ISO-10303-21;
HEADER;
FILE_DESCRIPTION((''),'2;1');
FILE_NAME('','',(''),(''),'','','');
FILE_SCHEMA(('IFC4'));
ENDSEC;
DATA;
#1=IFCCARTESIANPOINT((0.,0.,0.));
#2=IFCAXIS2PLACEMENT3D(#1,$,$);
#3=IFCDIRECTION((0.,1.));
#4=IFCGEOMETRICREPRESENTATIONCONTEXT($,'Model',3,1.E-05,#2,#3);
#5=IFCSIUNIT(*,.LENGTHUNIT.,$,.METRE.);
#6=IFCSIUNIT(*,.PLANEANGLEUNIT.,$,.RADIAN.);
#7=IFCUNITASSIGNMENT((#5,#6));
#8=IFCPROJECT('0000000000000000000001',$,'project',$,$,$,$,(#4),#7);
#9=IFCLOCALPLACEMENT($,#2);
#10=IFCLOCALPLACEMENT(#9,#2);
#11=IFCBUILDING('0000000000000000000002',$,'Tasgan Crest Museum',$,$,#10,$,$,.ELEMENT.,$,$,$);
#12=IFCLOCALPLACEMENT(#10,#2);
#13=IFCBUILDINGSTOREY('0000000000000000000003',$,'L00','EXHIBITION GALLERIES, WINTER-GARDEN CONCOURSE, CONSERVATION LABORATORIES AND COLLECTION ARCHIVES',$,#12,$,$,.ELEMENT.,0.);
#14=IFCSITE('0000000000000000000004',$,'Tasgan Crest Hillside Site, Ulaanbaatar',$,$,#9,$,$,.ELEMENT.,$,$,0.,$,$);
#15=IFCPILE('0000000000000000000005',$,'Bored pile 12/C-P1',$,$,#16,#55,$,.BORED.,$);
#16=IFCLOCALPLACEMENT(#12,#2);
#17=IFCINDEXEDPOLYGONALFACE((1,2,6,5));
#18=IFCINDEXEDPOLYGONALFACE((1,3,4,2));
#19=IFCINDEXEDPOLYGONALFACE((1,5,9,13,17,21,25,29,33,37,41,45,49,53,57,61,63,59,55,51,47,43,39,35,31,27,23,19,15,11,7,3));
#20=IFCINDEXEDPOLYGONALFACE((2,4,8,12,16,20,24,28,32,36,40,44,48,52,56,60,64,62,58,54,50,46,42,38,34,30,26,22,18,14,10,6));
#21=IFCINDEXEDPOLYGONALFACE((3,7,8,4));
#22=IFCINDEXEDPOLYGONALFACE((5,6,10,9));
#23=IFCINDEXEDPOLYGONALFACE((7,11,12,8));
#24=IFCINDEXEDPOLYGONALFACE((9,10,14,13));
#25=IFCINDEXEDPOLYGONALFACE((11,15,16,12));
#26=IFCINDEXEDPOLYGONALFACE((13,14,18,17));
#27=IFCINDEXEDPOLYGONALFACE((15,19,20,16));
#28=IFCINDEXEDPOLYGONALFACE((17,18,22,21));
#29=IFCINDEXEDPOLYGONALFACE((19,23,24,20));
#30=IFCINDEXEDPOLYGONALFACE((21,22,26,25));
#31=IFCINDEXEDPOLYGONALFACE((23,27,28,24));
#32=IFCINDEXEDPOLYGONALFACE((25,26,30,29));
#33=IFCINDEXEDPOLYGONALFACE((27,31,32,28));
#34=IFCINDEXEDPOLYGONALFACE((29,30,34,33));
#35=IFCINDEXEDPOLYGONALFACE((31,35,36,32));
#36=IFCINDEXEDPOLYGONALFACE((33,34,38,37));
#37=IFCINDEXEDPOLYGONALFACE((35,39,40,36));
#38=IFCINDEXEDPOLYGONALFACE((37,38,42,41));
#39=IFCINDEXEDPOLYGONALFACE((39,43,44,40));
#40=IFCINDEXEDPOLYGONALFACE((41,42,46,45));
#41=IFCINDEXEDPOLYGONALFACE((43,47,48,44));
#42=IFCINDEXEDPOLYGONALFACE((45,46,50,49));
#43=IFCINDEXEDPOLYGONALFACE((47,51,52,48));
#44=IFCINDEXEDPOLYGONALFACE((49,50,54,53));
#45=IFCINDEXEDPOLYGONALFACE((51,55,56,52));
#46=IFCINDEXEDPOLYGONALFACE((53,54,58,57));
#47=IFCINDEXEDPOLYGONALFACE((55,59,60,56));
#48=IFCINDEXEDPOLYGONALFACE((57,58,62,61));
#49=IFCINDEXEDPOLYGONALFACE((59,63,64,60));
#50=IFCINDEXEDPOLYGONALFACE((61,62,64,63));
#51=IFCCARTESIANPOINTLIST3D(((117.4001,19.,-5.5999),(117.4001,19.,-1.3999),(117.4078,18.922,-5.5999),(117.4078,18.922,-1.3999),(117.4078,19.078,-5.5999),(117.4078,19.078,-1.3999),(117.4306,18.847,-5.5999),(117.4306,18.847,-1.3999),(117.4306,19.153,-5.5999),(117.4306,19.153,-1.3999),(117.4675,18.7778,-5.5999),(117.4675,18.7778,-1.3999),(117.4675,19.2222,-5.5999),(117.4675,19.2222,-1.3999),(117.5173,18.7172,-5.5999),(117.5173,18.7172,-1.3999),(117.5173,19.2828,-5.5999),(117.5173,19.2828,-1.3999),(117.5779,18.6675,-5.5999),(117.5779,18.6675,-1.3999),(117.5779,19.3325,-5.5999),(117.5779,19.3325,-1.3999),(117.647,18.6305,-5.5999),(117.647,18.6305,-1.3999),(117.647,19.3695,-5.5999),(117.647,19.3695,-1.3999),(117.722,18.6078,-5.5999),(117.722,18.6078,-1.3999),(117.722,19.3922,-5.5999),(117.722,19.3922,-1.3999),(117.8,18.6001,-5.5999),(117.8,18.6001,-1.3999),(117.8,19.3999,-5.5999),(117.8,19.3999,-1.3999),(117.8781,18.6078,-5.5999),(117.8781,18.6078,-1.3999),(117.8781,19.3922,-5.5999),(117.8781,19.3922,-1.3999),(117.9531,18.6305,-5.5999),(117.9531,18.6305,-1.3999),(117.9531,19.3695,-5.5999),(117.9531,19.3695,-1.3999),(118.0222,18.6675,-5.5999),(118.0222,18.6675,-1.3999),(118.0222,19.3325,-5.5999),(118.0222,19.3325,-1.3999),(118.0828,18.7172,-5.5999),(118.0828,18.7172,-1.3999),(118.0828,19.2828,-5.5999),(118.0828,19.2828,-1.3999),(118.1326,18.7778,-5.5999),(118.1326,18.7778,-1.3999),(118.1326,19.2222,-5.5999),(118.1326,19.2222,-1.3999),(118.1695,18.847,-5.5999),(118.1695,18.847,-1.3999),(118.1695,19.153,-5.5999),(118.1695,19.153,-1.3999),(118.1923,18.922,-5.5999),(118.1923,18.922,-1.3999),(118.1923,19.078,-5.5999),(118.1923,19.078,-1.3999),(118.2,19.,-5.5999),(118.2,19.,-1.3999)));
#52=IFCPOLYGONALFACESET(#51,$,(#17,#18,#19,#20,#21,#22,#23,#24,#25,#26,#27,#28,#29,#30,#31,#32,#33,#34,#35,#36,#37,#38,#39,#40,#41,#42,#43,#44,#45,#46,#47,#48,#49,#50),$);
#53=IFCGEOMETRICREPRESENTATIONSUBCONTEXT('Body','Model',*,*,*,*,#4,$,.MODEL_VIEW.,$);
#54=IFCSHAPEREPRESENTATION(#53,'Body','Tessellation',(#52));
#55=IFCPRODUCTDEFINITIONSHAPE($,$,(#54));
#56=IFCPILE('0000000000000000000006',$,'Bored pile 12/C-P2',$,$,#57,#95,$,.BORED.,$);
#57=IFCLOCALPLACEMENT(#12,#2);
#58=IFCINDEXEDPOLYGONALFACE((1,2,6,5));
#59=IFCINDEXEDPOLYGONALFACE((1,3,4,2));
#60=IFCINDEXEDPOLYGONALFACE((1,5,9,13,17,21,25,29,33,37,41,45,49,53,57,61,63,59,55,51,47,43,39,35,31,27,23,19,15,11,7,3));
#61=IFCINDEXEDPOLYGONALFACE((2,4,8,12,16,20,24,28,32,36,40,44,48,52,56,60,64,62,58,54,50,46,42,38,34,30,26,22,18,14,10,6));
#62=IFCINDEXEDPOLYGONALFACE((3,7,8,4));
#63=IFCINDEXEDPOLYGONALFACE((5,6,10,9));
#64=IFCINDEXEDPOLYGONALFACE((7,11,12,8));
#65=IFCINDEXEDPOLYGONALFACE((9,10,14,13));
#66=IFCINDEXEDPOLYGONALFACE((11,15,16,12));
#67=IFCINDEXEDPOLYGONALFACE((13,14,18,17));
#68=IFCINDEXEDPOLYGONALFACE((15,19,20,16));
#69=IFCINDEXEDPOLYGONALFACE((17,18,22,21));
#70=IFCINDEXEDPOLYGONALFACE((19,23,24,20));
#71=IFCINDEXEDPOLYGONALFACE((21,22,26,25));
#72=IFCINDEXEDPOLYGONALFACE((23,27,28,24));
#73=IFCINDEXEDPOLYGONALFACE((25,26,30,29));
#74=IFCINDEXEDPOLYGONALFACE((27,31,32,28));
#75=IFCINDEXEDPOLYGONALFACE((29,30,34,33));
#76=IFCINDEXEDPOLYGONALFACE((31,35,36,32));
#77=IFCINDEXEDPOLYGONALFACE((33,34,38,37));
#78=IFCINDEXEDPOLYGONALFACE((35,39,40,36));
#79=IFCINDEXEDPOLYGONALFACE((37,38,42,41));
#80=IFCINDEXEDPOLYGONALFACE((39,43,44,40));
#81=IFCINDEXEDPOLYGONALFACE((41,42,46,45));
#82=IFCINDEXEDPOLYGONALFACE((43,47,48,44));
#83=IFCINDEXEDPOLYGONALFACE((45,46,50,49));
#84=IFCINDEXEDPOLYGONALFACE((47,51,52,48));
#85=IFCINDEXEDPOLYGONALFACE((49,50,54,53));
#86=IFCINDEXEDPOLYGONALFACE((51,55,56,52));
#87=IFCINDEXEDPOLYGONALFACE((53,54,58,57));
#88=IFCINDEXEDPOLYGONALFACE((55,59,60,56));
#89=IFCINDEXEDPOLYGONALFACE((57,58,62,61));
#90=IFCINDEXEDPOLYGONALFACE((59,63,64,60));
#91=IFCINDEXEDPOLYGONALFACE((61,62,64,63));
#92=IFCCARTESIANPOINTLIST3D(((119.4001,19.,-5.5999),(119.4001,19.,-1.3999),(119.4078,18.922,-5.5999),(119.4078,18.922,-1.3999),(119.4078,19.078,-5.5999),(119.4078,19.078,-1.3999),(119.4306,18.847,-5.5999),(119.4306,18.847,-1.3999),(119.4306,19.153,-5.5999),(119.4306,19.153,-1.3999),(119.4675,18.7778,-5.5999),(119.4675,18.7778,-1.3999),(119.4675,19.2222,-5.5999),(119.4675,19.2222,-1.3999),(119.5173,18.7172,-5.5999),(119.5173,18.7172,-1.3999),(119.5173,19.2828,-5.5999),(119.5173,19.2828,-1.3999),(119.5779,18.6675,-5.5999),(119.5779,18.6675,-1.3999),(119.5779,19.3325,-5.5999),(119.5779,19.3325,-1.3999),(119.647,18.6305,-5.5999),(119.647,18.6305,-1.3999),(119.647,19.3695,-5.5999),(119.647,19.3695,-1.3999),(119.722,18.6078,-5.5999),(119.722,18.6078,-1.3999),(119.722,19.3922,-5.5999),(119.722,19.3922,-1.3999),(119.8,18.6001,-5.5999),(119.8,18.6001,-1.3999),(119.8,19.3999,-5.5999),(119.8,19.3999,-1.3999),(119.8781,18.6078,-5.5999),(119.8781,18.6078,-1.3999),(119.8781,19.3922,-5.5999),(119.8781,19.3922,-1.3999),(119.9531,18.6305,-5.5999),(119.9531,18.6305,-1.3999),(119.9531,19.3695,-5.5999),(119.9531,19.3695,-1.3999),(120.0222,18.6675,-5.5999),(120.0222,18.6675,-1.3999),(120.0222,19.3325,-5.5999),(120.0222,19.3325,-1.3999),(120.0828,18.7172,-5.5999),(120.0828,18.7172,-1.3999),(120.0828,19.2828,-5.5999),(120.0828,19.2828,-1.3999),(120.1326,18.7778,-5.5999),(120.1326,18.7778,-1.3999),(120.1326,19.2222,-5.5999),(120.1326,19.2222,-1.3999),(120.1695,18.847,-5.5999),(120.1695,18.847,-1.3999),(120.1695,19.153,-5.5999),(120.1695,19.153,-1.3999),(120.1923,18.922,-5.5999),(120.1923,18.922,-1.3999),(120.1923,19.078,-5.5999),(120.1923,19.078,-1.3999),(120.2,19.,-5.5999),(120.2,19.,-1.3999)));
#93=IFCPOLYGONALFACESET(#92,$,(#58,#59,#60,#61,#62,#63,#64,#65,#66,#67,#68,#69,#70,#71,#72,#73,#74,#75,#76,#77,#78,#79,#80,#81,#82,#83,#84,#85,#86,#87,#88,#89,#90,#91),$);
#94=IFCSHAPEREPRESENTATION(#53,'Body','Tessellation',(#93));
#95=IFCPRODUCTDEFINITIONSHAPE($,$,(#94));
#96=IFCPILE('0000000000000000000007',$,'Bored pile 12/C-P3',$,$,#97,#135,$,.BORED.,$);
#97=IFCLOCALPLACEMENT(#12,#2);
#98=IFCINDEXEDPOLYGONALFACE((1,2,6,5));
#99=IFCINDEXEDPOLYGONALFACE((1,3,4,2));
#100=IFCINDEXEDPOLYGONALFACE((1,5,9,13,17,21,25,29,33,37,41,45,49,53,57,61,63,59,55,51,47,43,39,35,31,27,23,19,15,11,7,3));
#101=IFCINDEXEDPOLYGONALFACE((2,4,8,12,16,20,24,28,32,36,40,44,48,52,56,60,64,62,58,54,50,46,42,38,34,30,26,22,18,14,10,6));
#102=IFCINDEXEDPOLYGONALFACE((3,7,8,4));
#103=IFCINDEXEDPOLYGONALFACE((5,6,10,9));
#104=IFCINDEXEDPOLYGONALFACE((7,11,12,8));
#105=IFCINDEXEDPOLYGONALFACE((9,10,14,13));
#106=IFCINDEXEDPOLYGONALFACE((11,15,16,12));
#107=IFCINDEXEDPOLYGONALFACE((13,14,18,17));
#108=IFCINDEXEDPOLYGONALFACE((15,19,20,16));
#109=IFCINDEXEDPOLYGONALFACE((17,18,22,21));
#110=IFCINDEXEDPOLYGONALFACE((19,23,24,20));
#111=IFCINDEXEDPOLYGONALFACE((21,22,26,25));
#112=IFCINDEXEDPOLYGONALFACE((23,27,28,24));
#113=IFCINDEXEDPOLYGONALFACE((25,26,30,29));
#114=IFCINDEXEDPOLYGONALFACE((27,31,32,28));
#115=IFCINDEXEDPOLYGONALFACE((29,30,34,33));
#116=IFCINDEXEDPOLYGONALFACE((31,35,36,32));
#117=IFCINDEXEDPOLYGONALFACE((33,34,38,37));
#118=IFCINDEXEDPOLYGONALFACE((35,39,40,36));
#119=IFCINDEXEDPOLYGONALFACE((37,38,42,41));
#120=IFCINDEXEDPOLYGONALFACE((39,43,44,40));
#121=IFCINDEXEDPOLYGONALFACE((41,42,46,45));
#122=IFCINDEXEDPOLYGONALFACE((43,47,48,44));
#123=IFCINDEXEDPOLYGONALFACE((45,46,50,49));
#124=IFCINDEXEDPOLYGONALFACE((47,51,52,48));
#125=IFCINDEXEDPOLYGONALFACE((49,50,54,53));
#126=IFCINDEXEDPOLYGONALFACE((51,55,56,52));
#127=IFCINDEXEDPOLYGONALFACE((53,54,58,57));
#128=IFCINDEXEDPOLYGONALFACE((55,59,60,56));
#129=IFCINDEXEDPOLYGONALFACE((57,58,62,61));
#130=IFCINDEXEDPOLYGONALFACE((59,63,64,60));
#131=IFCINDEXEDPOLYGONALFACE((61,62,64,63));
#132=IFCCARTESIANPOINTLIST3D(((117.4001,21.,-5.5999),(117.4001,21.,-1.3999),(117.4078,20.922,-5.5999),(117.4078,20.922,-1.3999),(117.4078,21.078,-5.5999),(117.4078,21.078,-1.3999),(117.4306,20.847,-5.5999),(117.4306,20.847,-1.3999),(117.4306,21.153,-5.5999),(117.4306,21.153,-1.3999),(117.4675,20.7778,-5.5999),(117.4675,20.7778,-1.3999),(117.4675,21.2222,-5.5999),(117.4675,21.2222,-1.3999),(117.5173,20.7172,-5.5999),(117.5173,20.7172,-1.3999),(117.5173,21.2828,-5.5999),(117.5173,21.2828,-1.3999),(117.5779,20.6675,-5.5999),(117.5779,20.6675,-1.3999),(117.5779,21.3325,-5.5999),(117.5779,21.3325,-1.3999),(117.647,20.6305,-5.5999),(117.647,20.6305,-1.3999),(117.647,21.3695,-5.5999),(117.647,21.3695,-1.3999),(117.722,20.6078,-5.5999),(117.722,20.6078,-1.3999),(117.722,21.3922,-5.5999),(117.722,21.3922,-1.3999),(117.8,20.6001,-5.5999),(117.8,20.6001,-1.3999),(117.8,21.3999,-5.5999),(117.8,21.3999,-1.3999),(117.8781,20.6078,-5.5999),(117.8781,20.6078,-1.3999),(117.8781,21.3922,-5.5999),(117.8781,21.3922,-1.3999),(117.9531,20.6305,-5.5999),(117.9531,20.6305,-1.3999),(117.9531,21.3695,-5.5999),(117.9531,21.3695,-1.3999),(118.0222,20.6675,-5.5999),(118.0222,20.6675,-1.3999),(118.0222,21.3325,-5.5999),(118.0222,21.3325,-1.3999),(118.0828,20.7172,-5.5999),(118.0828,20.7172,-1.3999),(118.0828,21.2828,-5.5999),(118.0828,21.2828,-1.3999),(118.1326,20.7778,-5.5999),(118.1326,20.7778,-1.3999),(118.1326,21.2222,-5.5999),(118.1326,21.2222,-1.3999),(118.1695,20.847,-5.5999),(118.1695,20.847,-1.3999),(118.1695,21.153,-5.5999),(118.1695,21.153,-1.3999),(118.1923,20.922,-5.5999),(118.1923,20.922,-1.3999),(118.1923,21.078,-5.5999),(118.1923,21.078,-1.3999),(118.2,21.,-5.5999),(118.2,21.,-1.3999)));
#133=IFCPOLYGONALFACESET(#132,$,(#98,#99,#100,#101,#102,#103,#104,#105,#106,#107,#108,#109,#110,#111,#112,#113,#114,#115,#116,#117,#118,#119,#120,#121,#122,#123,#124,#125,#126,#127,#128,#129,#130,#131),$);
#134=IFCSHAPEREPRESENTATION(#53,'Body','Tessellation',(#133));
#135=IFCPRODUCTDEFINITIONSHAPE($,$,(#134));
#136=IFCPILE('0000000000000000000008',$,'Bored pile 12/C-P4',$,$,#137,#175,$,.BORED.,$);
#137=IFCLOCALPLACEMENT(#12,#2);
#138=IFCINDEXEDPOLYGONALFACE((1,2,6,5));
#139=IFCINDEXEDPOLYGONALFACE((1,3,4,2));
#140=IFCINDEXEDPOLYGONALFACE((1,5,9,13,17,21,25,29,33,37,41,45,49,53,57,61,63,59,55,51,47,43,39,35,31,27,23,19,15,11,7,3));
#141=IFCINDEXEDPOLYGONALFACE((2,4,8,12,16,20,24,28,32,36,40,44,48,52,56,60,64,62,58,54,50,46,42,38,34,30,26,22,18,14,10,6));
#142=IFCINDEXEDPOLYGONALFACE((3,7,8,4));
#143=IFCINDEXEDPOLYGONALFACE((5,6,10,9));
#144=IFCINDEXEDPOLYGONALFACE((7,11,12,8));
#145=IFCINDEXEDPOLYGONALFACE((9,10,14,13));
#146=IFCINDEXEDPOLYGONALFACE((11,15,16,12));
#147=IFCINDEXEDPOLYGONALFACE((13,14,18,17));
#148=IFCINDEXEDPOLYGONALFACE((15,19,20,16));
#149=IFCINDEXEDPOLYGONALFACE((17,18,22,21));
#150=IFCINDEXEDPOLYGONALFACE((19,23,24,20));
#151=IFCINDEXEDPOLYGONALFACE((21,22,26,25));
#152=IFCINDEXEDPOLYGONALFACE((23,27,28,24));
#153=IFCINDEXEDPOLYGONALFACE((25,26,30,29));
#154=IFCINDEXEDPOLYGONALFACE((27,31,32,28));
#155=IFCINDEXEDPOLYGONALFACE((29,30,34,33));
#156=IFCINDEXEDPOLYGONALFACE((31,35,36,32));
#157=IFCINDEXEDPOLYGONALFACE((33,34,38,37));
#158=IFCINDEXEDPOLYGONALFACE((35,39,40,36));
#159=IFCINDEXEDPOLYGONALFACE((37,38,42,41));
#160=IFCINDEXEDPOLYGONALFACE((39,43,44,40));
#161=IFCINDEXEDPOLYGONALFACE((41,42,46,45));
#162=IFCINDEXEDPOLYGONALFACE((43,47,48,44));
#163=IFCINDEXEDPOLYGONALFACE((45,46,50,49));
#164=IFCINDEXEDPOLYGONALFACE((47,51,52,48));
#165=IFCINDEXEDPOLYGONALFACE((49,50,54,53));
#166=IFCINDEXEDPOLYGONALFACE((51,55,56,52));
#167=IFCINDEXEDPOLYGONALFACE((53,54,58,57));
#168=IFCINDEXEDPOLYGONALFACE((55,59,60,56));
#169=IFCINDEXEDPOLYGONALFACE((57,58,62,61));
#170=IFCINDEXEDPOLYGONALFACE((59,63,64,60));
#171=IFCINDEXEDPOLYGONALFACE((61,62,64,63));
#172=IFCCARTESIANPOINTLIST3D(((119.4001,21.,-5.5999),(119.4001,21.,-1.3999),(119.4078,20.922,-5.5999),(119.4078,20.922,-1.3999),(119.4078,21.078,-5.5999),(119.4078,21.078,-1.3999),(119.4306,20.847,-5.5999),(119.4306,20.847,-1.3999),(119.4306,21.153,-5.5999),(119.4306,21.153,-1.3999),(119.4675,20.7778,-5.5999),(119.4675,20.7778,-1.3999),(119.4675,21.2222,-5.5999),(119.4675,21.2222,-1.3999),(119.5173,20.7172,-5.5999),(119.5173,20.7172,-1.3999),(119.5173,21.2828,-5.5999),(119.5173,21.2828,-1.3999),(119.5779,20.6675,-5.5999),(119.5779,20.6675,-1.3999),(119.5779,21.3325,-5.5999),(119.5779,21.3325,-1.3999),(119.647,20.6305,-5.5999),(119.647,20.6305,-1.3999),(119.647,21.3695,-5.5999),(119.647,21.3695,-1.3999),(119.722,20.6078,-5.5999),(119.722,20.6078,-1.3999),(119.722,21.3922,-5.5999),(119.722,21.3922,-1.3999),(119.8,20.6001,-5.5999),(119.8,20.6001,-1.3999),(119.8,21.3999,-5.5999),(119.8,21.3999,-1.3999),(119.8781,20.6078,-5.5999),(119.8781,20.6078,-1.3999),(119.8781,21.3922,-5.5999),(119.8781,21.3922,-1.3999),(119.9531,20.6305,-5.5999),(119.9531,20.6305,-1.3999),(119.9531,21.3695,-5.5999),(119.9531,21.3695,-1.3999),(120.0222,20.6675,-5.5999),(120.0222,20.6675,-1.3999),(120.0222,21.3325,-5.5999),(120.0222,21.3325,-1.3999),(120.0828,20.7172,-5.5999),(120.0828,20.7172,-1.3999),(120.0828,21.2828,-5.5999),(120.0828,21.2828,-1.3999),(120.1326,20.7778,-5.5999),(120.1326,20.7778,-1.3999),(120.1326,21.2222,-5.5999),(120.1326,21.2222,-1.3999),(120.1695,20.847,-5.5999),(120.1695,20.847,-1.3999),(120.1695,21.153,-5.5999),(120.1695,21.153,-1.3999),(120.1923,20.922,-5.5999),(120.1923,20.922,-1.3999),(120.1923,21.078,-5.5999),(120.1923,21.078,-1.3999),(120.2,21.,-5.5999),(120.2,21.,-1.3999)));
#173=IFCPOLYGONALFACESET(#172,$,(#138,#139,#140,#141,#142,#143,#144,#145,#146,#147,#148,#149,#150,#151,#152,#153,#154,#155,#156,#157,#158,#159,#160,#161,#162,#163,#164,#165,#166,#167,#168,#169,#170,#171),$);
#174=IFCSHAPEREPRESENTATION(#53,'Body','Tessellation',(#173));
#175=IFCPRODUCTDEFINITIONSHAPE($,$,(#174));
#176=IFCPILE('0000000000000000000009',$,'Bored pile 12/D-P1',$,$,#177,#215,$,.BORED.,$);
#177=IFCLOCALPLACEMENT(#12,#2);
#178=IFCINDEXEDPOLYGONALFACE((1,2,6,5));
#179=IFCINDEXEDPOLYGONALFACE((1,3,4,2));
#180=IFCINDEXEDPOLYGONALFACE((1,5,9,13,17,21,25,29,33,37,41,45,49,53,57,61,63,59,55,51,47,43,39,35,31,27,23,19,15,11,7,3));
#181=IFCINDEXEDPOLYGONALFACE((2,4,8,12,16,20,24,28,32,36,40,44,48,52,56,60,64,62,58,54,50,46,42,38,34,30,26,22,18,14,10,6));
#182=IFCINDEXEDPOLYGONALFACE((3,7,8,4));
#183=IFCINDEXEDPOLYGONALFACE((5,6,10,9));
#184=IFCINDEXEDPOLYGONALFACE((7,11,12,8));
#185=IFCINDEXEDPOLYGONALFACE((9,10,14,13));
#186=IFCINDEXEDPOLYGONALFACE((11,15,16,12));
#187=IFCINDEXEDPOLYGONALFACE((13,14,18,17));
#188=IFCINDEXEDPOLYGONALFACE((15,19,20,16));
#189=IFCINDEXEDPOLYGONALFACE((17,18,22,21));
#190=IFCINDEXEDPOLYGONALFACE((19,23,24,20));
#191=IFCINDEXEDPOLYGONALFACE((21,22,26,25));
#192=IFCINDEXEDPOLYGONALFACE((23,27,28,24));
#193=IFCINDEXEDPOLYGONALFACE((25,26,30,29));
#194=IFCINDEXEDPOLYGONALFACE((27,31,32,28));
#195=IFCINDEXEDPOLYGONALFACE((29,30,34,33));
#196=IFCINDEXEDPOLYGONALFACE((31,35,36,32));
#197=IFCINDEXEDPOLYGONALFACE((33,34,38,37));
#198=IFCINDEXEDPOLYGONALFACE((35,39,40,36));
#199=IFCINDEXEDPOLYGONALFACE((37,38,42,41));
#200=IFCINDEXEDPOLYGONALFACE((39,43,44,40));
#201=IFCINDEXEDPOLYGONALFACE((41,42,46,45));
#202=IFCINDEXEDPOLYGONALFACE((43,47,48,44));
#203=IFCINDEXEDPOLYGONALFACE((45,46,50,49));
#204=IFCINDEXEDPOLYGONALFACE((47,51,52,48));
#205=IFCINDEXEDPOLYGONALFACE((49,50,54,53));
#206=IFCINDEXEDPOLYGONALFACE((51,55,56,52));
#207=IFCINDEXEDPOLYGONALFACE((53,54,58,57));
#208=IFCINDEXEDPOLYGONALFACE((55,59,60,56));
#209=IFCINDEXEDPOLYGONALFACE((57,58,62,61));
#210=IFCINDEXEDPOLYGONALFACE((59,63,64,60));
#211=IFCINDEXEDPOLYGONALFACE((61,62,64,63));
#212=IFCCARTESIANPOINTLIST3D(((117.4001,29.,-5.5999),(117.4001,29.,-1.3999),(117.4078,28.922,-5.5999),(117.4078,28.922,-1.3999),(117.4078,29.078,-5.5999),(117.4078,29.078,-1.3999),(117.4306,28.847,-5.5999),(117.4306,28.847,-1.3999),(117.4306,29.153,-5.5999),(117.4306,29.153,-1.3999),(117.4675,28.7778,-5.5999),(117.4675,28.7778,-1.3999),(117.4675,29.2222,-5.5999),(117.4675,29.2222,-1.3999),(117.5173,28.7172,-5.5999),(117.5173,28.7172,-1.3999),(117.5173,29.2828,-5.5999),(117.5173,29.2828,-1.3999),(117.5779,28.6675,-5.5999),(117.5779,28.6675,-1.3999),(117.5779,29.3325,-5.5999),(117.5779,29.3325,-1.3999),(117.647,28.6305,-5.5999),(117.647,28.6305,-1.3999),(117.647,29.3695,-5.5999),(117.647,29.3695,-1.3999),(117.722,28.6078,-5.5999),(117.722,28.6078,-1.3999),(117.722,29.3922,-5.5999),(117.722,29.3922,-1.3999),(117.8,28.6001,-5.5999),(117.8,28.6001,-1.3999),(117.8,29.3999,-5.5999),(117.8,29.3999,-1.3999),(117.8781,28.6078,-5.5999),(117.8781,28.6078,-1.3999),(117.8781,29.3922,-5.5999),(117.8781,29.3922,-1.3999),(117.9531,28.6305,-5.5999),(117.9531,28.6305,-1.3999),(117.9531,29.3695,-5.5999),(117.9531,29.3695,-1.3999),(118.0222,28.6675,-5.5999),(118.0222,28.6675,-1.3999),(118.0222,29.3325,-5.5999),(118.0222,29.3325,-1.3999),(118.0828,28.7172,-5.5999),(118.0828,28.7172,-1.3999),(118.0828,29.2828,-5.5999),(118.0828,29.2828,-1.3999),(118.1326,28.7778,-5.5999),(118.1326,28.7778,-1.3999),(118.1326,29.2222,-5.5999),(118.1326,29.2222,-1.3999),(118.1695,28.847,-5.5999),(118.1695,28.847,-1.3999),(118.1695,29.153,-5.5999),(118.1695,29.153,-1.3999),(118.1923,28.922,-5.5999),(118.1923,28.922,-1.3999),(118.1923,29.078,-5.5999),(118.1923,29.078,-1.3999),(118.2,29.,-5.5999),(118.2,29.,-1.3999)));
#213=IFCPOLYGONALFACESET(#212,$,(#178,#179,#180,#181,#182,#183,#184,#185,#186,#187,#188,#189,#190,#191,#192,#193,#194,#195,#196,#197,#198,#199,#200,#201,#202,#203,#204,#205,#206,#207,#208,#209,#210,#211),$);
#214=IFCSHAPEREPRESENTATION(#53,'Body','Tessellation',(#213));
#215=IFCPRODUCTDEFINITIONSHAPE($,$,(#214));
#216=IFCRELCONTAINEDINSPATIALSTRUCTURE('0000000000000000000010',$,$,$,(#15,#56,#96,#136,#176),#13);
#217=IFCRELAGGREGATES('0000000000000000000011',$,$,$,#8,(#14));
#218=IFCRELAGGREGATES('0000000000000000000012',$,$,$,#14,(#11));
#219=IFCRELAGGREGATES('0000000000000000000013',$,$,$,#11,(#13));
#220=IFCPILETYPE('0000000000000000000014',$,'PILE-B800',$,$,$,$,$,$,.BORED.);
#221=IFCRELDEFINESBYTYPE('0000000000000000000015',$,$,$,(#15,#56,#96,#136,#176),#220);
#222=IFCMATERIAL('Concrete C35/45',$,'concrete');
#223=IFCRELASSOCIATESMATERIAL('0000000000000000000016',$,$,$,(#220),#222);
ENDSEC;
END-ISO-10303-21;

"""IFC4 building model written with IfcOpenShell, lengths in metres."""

from ifc_helpers import new_model, si_unit, direction, frame, origin, origin_2d, place, context, subcontext, project, spatial, circle, extrude, material, material_profile, profile_set, type_object, element, save


model = new_model("IFC4")

# Units and contexts
model_context = context("Model", 3, precision=1e-05, world=origin(), true_north=direction((0.0, 1.0)))
body_context = subcontext(model_context, "Body", "Model", "MODEL_VIEW")
ifc_project = project(units=[si_unit("LENGTHUNIT", "METRE"), si_unit("PLANEANGLEUNIT", "RADIAN")], contexts=[model_context])

# Site, building, storey
site_placement = place(None, origin())
site = spatial("IfcSite", under=ifc_project, at=site_placement, Name="Tasgan Crest Hillside Site, Ulaanbaatar", CompositionType="ELEMENT", RefElevation=0.0)
building_placement = place(site_placement, origin())
building = spatial("IfcBuilding", under=site, at=building_placement, Name="Tasgan Crest Museum", CompositionType="ELEMENT")
storey_placement = place(building_placement, origin())
storey = spatial("IfcBuildingStorey", under=building, at=storey_placement, Name="L00", Description="EXHIBITION GALLERIES, WINTER-GARDEN CONCOURSE, CONSERVATION LABORATORIES AND COLLECTION ARCHIVES", CompositionType="ELEMENT", Elevation=0.0)

# Piles
ifc_material_1 = material(Name="Concrete C35/45", Category="concrete")
ifc_material_profile_1 = material_profile(ifc_material_1, circle(Radius=0.3999, at=origin_2d()), Name="PILE D800")
ifc_profile_set_1 = profile_set([ifc_material_profile_1], Name="Concrete C35/45")
pile_type_1 = type_object("IfcPileType", Name="PILE-B800", PredefinedType="BORED", material=ifc_profile_set_1)
for number, where, z_axis, x_axis, name in (
    (1, (117.8, 19.0, -1.3999), (0.0, 0.0, -1.0), (1.0, 0.0, 0.0), "Bored pile 12/C-P1"),
    (2, (119.8, 19.0, -1.3999), (0.0, 0.0, -1.0), (1.0, 0.0, 0.0), "Bored pile 12/C-P2"),
    (3, (117.8, 21.0, -1.3999), (0.0, 0.0, -1.0), (1.0, 0.0, 0.0), "Bored pile 12/C-P3"),
    (4, (119.8, 21.0, -1.3999), (0.0, 0.0, -1.0), (1.0, 0.0, 0.0), "Bored pile 12/C-P4"),
    (5, (117.8, 29.0, -1.3999), (0.0, 0.0, -1.0), (1.0, 0.0, 0.0), "Bored pile 12/D-P1"),
):
    element("IfcPile", number, at=place(storey_placement, frame(where, z_axis=z_axis, x_axis=x_axis)), inside=storey, type_object=pile_type_1, Name=name, PredefinedType="BORED", context=body_context, shape_type="SweptSolid", body=[
        extrude(circle(Radius=0.3999, at=origin_2d()), origin(), (0.0, 0.0, 1.0), 4.2),
    ])

save(model, "model.ifc")
